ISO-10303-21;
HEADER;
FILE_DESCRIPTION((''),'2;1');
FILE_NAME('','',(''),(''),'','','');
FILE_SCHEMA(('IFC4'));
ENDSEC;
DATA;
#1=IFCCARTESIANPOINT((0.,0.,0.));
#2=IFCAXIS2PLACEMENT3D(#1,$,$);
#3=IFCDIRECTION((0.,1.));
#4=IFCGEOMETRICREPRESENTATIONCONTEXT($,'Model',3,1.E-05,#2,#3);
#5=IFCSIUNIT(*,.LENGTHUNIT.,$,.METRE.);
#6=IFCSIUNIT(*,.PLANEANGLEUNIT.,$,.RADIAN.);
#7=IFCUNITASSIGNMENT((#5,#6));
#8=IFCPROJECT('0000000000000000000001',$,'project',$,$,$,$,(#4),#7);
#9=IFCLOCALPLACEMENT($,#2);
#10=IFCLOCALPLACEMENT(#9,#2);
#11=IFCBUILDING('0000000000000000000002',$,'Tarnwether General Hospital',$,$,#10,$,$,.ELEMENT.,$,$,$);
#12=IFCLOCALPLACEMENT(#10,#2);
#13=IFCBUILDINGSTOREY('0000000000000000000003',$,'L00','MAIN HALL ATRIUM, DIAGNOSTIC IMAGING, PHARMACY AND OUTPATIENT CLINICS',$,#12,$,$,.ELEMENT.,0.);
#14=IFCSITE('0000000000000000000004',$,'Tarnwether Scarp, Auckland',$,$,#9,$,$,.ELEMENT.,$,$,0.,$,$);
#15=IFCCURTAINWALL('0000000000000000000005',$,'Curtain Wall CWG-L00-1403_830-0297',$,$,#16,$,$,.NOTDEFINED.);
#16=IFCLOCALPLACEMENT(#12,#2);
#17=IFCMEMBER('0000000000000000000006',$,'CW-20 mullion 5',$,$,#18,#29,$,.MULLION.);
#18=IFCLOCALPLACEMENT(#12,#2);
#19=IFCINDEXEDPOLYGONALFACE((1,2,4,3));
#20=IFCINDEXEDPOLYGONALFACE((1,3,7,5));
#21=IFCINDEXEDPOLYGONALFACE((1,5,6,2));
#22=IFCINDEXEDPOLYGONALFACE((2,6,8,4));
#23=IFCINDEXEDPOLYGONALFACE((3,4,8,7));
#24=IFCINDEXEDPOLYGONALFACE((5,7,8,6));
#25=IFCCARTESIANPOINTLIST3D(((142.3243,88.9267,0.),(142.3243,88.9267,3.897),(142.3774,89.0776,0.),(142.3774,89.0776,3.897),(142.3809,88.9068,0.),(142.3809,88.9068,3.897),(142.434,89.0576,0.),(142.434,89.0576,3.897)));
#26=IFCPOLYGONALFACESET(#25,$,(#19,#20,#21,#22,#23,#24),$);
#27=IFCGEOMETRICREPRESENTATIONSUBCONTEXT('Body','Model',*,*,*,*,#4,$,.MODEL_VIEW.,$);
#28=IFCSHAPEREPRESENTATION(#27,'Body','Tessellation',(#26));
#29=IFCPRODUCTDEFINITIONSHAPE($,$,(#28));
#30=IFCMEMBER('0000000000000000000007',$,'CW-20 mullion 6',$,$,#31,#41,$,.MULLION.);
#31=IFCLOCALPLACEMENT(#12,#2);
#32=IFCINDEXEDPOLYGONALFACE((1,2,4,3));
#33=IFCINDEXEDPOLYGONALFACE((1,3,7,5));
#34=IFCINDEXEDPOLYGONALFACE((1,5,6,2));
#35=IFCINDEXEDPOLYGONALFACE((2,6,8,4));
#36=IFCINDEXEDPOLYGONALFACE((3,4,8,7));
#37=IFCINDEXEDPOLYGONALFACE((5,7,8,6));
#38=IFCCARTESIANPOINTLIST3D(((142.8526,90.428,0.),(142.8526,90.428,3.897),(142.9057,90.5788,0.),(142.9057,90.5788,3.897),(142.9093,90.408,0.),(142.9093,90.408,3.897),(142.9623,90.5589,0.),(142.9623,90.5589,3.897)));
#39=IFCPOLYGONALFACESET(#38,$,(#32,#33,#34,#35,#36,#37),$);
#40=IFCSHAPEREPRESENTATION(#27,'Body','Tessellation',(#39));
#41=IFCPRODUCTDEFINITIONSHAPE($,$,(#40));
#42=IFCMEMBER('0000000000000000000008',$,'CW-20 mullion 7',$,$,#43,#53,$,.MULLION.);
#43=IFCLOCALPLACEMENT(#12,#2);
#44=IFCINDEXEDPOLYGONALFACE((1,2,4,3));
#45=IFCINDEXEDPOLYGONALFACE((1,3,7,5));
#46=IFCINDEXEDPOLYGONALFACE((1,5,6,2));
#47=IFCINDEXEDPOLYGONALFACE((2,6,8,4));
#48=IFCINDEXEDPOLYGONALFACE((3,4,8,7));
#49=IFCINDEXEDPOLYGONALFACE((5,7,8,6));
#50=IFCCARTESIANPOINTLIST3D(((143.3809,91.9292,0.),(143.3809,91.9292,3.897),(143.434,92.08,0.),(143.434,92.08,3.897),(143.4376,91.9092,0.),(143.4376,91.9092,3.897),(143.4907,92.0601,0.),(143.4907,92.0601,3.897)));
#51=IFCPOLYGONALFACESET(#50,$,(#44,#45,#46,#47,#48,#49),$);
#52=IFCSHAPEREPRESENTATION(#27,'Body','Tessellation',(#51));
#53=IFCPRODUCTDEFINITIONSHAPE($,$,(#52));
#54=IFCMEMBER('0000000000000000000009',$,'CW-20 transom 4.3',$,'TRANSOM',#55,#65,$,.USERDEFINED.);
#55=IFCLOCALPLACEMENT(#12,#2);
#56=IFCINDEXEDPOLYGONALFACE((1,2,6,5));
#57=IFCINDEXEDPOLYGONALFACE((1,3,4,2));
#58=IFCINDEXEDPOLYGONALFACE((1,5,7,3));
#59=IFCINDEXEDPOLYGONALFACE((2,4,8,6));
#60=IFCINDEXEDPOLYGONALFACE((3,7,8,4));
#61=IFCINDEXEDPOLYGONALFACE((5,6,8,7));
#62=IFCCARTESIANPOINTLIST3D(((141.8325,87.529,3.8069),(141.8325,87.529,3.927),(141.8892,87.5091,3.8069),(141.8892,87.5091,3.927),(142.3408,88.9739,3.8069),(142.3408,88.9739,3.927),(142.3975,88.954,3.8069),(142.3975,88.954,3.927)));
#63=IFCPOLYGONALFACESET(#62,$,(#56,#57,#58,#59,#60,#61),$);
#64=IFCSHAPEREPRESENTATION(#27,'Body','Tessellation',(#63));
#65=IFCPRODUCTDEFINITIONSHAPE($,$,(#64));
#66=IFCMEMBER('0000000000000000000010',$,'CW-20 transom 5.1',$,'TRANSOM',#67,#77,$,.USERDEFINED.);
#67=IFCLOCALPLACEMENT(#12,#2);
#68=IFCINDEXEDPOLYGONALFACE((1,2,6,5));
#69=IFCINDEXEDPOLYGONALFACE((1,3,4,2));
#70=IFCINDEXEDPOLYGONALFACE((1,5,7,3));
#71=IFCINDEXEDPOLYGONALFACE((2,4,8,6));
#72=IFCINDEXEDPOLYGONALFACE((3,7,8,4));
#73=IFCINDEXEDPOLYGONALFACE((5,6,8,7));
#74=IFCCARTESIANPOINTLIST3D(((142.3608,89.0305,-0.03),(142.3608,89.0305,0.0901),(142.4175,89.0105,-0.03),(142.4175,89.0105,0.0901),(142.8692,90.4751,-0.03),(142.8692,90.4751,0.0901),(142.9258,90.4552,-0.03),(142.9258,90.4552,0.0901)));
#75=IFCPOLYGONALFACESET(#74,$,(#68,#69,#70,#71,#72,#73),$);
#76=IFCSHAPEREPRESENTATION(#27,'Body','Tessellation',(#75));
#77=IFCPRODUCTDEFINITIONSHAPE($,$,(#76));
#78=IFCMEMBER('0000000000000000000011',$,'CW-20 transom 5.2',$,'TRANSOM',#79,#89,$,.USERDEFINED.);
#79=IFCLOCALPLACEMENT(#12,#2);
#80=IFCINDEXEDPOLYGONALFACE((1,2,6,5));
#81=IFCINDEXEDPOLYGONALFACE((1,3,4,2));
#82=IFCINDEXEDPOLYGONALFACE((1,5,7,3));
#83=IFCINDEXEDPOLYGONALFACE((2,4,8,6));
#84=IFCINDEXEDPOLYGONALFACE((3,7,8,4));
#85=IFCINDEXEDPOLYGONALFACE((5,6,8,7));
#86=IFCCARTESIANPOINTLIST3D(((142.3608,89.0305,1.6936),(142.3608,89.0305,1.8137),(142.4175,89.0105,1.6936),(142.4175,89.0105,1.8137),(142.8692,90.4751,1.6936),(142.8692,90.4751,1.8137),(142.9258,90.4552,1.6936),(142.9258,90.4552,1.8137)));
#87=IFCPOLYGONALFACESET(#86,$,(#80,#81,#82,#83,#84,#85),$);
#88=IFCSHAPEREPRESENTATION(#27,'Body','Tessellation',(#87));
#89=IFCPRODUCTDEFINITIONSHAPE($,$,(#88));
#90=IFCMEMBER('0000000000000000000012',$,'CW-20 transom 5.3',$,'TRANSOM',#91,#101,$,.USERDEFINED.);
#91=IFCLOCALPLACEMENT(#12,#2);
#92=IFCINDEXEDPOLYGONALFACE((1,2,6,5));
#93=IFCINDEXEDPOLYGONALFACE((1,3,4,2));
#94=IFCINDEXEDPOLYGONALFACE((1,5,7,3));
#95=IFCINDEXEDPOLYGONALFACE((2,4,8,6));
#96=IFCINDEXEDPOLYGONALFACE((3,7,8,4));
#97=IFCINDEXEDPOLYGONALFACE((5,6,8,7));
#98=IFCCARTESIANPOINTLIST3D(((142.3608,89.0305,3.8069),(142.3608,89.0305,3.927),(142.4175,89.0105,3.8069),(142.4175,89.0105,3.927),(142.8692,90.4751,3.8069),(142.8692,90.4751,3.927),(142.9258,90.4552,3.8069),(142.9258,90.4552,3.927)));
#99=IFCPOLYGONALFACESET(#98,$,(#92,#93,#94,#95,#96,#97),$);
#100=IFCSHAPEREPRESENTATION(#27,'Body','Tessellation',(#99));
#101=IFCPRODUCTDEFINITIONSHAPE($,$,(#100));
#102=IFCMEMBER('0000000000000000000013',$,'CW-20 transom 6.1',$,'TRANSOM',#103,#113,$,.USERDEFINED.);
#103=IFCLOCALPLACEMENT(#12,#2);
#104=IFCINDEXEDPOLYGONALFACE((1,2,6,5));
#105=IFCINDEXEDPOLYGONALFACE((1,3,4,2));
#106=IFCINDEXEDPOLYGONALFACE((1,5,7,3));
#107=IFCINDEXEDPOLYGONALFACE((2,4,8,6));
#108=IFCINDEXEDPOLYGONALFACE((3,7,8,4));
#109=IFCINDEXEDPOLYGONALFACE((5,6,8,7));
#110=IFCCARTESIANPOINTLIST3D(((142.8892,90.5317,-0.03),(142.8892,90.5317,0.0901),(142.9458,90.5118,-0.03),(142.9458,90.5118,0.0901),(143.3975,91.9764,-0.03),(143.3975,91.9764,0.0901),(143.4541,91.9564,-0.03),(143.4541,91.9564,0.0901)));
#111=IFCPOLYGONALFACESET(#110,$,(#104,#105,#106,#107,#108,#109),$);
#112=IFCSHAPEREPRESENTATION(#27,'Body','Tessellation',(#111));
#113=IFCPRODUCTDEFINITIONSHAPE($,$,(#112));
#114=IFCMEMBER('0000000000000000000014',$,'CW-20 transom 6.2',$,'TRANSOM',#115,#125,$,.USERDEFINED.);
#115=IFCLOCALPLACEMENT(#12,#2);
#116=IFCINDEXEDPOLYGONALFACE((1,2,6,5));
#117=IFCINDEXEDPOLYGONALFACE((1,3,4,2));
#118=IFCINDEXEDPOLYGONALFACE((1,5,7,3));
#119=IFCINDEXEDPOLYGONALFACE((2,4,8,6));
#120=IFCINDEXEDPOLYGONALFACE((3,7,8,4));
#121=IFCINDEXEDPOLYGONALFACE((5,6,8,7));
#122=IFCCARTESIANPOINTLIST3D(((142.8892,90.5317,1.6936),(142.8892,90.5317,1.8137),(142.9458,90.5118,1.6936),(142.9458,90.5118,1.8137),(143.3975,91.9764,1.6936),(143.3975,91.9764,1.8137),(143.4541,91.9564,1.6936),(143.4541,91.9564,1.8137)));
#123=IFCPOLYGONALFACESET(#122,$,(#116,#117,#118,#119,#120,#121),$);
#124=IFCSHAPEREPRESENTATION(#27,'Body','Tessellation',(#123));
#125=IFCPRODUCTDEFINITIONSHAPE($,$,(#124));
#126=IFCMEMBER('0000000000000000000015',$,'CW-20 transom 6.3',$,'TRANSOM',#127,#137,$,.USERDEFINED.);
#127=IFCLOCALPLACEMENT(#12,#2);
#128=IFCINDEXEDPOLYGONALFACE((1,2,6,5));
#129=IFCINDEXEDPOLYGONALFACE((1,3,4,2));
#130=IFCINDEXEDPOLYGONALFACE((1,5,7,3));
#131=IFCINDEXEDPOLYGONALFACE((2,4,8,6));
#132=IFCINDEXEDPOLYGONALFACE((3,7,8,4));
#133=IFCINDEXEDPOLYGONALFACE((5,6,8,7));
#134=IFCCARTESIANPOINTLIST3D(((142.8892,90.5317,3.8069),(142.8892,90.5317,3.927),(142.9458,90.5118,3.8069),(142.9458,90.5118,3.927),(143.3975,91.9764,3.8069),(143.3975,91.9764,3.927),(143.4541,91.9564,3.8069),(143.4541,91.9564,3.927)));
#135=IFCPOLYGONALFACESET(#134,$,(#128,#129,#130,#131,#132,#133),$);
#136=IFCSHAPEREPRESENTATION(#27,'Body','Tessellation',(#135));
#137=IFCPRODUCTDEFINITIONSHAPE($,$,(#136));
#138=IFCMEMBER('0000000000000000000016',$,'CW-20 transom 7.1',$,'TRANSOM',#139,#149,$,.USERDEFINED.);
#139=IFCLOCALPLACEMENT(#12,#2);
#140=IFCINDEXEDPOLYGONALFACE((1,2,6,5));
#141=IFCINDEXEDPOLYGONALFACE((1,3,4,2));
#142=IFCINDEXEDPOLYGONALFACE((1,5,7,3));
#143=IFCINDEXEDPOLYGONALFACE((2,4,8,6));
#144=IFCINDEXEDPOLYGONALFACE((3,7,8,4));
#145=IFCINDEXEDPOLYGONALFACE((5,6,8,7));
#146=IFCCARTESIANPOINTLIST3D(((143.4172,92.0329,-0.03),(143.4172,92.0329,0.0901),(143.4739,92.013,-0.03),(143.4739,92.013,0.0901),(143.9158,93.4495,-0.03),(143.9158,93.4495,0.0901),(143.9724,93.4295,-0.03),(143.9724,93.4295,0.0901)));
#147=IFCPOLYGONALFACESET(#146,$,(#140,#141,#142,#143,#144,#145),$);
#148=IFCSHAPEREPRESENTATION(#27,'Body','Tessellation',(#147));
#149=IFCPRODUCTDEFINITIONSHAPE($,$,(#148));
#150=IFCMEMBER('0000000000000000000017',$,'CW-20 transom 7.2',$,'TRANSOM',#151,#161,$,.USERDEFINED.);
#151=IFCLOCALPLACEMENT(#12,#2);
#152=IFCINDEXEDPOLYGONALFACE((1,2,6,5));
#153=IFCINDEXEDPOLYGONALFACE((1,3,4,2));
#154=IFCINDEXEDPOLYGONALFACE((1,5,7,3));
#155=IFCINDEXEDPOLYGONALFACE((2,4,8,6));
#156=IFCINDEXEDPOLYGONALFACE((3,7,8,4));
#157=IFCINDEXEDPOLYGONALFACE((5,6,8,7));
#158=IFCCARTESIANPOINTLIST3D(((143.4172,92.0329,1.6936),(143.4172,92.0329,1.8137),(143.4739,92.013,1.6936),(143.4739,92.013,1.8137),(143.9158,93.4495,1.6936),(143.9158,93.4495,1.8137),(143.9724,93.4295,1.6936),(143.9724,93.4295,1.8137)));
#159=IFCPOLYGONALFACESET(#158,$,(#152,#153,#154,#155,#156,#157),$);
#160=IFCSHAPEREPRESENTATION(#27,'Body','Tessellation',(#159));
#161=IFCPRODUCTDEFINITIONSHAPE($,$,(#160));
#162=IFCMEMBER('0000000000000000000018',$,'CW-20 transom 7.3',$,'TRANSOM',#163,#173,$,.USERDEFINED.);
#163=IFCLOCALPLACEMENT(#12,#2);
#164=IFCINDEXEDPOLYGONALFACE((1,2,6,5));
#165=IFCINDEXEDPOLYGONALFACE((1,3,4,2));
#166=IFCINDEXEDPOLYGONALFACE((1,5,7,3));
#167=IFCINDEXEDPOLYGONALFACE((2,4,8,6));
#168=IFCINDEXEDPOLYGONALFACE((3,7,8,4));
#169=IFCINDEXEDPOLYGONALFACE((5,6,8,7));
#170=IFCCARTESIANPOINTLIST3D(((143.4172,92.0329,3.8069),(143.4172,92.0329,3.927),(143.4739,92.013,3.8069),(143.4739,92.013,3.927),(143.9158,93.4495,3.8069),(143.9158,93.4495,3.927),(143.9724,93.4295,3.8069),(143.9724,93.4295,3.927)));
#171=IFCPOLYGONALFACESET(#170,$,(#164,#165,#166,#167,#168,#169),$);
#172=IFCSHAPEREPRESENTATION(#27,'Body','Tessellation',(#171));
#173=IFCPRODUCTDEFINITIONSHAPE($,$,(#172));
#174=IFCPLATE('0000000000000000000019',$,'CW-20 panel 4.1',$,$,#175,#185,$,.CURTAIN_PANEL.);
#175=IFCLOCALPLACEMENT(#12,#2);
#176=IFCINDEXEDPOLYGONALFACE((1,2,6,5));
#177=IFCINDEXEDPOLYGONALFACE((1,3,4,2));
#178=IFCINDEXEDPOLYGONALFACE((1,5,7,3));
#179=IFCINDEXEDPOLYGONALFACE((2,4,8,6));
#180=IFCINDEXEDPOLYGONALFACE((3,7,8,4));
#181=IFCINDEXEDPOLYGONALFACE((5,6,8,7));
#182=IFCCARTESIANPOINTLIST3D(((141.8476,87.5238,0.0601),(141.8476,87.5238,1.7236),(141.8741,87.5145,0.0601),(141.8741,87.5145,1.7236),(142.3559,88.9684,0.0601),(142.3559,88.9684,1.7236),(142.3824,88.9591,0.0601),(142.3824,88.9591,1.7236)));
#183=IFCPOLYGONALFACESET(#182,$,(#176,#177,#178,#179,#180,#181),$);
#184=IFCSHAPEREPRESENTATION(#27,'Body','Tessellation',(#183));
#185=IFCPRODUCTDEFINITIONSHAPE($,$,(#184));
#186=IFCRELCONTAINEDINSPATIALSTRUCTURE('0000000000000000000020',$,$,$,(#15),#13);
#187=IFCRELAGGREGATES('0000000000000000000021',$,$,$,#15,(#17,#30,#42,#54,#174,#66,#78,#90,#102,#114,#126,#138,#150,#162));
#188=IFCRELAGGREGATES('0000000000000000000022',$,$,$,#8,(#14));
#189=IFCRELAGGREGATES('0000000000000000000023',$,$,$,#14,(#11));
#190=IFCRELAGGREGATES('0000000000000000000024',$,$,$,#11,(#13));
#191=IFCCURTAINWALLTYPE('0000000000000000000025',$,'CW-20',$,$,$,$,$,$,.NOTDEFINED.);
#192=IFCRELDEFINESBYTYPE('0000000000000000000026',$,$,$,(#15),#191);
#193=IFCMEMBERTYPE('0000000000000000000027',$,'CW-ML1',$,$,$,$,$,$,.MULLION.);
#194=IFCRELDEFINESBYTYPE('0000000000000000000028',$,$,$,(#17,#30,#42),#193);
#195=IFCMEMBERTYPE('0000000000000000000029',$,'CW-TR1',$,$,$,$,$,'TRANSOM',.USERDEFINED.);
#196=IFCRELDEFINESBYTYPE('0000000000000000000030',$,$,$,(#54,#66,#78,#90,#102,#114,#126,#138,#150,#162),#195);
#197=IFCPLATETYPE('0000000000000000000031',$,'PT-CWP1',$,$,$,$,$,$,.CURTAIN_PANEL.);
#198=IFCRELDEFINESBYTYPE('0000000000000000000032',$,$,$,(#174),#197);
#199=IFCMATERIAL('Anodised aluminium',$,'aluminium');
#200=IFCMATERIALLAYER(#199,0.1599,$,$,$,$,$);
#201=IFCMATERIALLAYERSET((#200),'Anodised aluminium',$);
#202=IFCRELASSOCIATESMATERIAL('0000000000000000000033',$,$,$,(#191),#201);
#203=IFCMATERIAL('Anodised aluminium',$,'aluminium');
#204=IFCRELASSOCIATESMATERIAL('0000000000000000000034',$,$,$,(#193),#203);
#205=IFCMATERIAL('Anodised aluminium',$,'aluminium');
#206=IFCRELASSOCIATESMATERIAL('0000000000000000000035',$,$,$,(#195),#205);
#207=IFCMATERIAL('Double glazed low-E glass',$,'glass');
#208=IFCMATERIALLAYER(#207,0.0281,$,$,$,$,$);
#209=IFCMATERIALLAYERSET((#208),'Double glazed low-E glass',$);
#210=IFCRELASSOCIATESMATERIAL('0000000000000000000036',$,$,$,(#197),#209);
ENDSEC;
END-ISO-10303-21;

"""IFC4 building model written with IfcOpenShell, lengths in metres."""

from ifc_helpers import new_model, si_unit, direction, frame, origin, origin_2d, place, context, subcontext, project, spatial, rectangle, extrude, material, layer, layer_set, material_profile, profile_set, type_object, element, aggregate, save


model = new_model("IFC4")

# Units and contexts
model_context = context("Model", 3, precision=1e-05, world=origin(), true_north=direction((0.0, 1.0)))
body_context = subcontext(model_context, "Body", "Model", "MODEL_VIEW")
ifc_project = project(units=[si_unit("LENGTHUNIT", "METRE"), si_unit("PLANEANGLEUNIT", "RADIAN")], contexts=[model_context])

# Site, building, storey
site_placement = place(None, origin())
site = spatial("IfcSite", under=ifc_project, at=site_placement, Name="Tarnwether Scarp, Auckland", CompositionType="ELEMENT", RefElevation=0.0)
building_placement = place(site_placement, origin())
building = spatial("IfcBuilding", under=site, at=building_placement, Name="Tarnwether General Hospital", CompositionType="ELEMENT")
storey_placement = place(building_placement, origin())
storey = spatial("IfcBuildingStorey", under=building, at=storey_placement, Name="L00", Description="MAIN HALL ATRIUM, DIAGNOSTIC IMAGING, PHARMACY AND OUTPATIENT CLINICS", CompositionType="ELEMENT", Elevation=0.0)

# Curtain wall, members, plate
ifc_material_1 = material(Name="Anodised aluminium", Category="aluminium")
ifc_layer_1 = layer(ifc_material_1, 0.1599)
ifc_layer_set_1 = layer_set([ifc_layer_1], Name="Anodised aluminium")
curtain_wall_type = type_object("IfcCurtainWallType", Name="CW-20", PredefinedType="NOTDEFINED", material=ifc_layer_set_1)
curtain_wall_placement = place(storey_placement, origin())
curtain_wall = element("IfcCurtainWall", 1, at=curtain_wall_placement, inside=storey, type_object=curtain_wall_type, Name="Curtain Wall CWG-L00-1403_830-0297", PredefinedType="NOTDEFINED")
ifc_material_2 = material(Name="Anodised aluminium", Category="aluminium")
ifc_material_profile_1 = material_profile(ifc_material_2, rectangle(XDim=0.0601, YDim=0.1599, at=origin_2d()), Name="ALU-MUL-60x160")
ifc_profile_set_1 = profile_set([ifc_material_profile_1], Name="Anodised aluminium")
member_type_1 = type_object("IfcMemberType", Name="CW-ML1", PredefinedType="MULLION", material=ifc_profile_set_1)
member_1_placement = place(storey_placement, frame((142.3792, 88.9922, 0.0), z_axis=(0.0, 0.0, 1.0), x_axis=(-0.943301, 0.331937, 0.0)))
member_1 = element("IfcMember", 2, at=member_1_placement, type_object=member_type_1, Name="CW-20 mullion 5", PredefinedType="MULLION", context=body_context, shape_type="SweptSolid", body=[
    extrude(rectangle(XDim=0.0601, YDim=0.1599, at=origin_2d()), origin(), (0.0, 0.0, 1.0), 3.897),
])
member_2_placement = place(storey_placement, frame((142.9075, 90.4934, 0.0), z_axis=(0.0, 0.0, 1.0), x_axis=(-0.943301, 0.331937, 0.0)))
member_2 = element("IfcMember", 3, at=member_2_placement, type_object=member_type_1, Name="CW-20 mullion 6", PredefinedType="MULLION", context=body_context, shape_type="SweptSolid", body=[
    extrude(rectangle(XDim=0.0601, YDim=0.1599, at=origin_2d()), origin(), (0.0, 0.0, 1.0), 3.897),
])
member_3_placement = place(storey_placement, frame((143.4358, 91.9946, 0.0), z_axis=(0.0, 0.0, 1.0), x_axis=(-0.943301, 0.331937, 0.0)))
member_3 = element("IfcMember", 4, at=member_3_placement, type_object=member_type_1, Name="CW-20 mullion 7", PredefinedType="MULLION", context=body_context, shape_type="SweptSolid", body=[
    extrude(rectangle(XDim=0.0601, YDim=0.1599, at=origin_2d()), origin(), (0.0, 0.0, 1.0), 3.897),
])
ifc_material_3 = material(Name="Anodised aluminium", Category="aluminium")
ifc_material_profile_2 = material_profile(ifc_material_3, rectangle(XDim=0.0601, YDim=0.1201, at=origin_2d()), Name="ALU-TRN-60x120")
ifc_profile_set_2 = profile_set([ifc_material_profile_2], Name="Anodised aluminium")
member_type_2 = type_object("IfcMemberType", Name="CW-TR1", ElementType="TRANSOM", PredefinedType="USERDEFINED", material=ifc_profile_set_2)
member_4_placement = place(storey_placement, frame((141.8608, 87.519, 3.8669), z_axis=(0.331869, 0.943325, 0.0), x_axis=(-0.943325, 0.331869, 0.0)))
member_4 = element("IfcMember", 5, at=member_4_placement, type_object=member_type_2, Name="CW-20 transom 4.3", ObjectType="TRANSOM", PredefinedType="USERDEFINED", context=body_context, shape_type="SweptSolid", body=[
    extrude(rectangle(XDim=0.0601, YDim=0.1201, at=origin_2d()), origin(), (0.0, 0.0, 1.0), 1.5317),
])
member_5_placement = place(storey_placement, frame((142.3892, 89.0205, 0.03), z_axis=(0.331919, 0.943308, 0.0), x_axis=(-0.943308, 0.331919, 0.0)))
member_5 = element("IfcMember", 6, at=member_5_placement, type_object=member_type_2, Name="CW-20 transom 5.1", ObjectType="TRANSOM", PredefinedType="USERDEFINED", context=body_context, shape_type="SweptSolid", body=[
    extrude(rectangle(XDim=0.0601, YDim=0.1201, at=origin_2d()), origin(), (0.0, 0.0, 1.0), 1.5315),
])
member_6_placement = place(storey_placement, frame((142.3892, 89.0205, 1.7537), z_axis=(0.331919, 0.943308, 0.0), x_axis=(-0.943308, 0.331919, 0.0)))
member_6 = element("IfcMember", 7, at=member_6_placement, type_object=member_type_2, Name="CW-20 transom 5.2", ObjectType="TRANSOM", PredefinedType="USERDEFINED", context=body_context, shape_type="SweptSolid", body=[
    extrude(rectangle(XDim=0.0601, YDim=0.1201, at=origin_2d()), origin(), (0.0, 0.0, 1.0), 1.5315),
])
member_7_placement = place(storey_placement, frame((142.3892, 89.0205, 3.8669), z_axis=(0.331919, 0.943308, 0.0), x_axis=(-0.943308, 0.331919, 0.0)))
member_7 = element("IfcMember", 8, at=member_7_placement, type_object=member_type_2, Name="CW-20 transom 5.3", ObjectType="TRANSOM", PredefinedType="USERDEFINED", context=body_context, shape_type="SweptSolid", body=[
    extrude(rectangle(XDim=0.0601, YDim=0.1201, at=origin_2d()), origin(), (0.0, 0.0, 1.0), 1.5315),
])
member_8_placement = place(storey_placement, frame((142.9175, 90.5217, 0.03), z_axis=(0.331919, 0.943308, 0.0), x_axis=(-0.943308, 0.331919, 0.0)))
member_8 = element("IfcMember", 9, at=member_8_placement, type_object=member_type_2, Name="CW-20 transom 6.1", ObjectType="TRANSOM", PredefinedType="USERDEFINED", context=body_context, shape_type="SweptSolid", body=[
    extrude(rectangle(XDim=0.0601, YDim=0.1201, at=origin_2d()), origin(), (0.0, 0.0, 1.0), 1.5315),
])
member_9_placement = place(storey_placement, frame((142.9175, 90.5217, 1.7537), z_axis=(0.331919, 0.943308, 0.0), x_axis=(-0.943308, 0.331919, 0.0)))
member_9 = element("IfcMember", 10, at=member_9_placement, type_object=member_type_2, Name="CW-20 transom 6.2", ObjectType="TRANSOM", PredefinedType="USERDEFINED", context=body_context, shape_type="SweptSolid", body=[
    extrude(rectangle(XDim=0.0601, YDim=0.1201, at=origin_2d()), origin(), (0.0, 0.0, 1.0), 1.5315),
])
member_10_placement = place(storey_placement, frame((142.9175, 90.5217, 3.8669), z_axis=(0.331919, 0.943308, 0.0), x_axis=(-0.943308, 0.331919, 0.0)))
member_10 = element("IfcMember", 11, at=member_10_placement, type_object=member_type_2, Name="CW-20 transom 6.3", ObjectType="TRANSOM", PredefinedType="USERDEFINED", context=body_context, shape_type="SweptSolid", body=[
    extrude(rectangle(XDim=0.0601, YDim=0.1201, at=origin_2d()), origin(), (0.0, 0.0, 1.0), 1.5315),
])
member_11_placement = place(storey_placement, frame((143.4456, 92.0229, 0.03), z_axis=(0.331987, 0.943284, 0.0), x_axis=(-0.943284, 0.331987, 0.0)))
member_11 = element("IfcMember", 12, at=member_11_placement, type_object=member_type_2, Name="CW-20 transom 7.1", ObjectType="TRANSOM", PredefinedType="USERDEFINED", context=body_context, shape_type="SweptSolid", body=[
    extrude(rectangle(XDim=0.0601, YDim=0.1201, at=origin_2d()), origin(), (0.0, 0.0, 1.0), 1.5017),
])
member_12_placement = place(storey_placement, frame((143.4456, 92.0229, 1.7537), z_axis=(0.331987, 0.943284, 0.0), x_axis=(-0.943284, 0.331987, 0.0)))
member_12 = element("IfcMember", 13, at=member_12_placement, type_object=member_type_2, Name="CW-20 transom 7.2", ObjectType="TRANSOM", PredefinedType="USERDEFINED", context=body_context, shape_type="SweptSolid", body=[
    extrude(rectangle(XDim=0.0601, YDim=0.1201, at=origin_2d()), origin(), (0.0, 0.0, 1.0), 1.5017),
])
member_13_placement = place(storey_placement, frame((143.4456, 92.0229, 3.8669), z_axis=(0.331987, 0.943284, 0.0), x_axis=(-0.943284, 0.331987, 0.0)))
member_13 = element("IfcMember", 14, at=member_13_placement, type_object=member_type_2, Name="CW-20 transom 7.3", ObjectType="TRANSOM", PredefinedType="USERDEFINED", context=body_context, shape_type="SweptSolid", body=[
    extrude(rectangle(XDim=0.0601, YDim=0.1201, at=origin_2d()), origin(), (0.0, 0.0, 1.0), 1.5017),
])
ifc_material_4 = material(Name="Double glazed low-E glass", Category="glass")
ifc_layer_2 = layer(ifc_material_4, 0.0281)
ifc_layer_set_2 = layer_set([ifc_layer_2], Name="Double glazed low-E glass")
plate_type = type_object("IfcPlateType", Name="PT-CWP1", PredefinedType="CURTAIN_PANEL", material=ifc_layer_set_2)
plate_1_placement = place(storey_placement, frame((142.115, 88.2415, 0.0601), z_axis=(0.0, 0.0, 1.0), x_axis=(0.331937, 0.943301, 0.0)))
plate_1 = element("IfcPlate", 15, at=plate_1_placement, type_object=plate_type, Name="CW-20 panel 4.1", PredefinedType="CURTAIN_PANEL", context=body_context, shape_type="SweptSolid", body=[
    extrude(rectangle(XDim=1.5315, YDim=0.0281, at=origin_2d()), origin(), (0.0, 0.0, 1.0), 1.6636),
])
aggregate(curtain_wall, [member_1, member_2, member_3, member_4, plate_1, member_5, member_6, member_7, member_8, member_9, member_10, member_11, member_12, member_13])

save(model, "model.ifc")
